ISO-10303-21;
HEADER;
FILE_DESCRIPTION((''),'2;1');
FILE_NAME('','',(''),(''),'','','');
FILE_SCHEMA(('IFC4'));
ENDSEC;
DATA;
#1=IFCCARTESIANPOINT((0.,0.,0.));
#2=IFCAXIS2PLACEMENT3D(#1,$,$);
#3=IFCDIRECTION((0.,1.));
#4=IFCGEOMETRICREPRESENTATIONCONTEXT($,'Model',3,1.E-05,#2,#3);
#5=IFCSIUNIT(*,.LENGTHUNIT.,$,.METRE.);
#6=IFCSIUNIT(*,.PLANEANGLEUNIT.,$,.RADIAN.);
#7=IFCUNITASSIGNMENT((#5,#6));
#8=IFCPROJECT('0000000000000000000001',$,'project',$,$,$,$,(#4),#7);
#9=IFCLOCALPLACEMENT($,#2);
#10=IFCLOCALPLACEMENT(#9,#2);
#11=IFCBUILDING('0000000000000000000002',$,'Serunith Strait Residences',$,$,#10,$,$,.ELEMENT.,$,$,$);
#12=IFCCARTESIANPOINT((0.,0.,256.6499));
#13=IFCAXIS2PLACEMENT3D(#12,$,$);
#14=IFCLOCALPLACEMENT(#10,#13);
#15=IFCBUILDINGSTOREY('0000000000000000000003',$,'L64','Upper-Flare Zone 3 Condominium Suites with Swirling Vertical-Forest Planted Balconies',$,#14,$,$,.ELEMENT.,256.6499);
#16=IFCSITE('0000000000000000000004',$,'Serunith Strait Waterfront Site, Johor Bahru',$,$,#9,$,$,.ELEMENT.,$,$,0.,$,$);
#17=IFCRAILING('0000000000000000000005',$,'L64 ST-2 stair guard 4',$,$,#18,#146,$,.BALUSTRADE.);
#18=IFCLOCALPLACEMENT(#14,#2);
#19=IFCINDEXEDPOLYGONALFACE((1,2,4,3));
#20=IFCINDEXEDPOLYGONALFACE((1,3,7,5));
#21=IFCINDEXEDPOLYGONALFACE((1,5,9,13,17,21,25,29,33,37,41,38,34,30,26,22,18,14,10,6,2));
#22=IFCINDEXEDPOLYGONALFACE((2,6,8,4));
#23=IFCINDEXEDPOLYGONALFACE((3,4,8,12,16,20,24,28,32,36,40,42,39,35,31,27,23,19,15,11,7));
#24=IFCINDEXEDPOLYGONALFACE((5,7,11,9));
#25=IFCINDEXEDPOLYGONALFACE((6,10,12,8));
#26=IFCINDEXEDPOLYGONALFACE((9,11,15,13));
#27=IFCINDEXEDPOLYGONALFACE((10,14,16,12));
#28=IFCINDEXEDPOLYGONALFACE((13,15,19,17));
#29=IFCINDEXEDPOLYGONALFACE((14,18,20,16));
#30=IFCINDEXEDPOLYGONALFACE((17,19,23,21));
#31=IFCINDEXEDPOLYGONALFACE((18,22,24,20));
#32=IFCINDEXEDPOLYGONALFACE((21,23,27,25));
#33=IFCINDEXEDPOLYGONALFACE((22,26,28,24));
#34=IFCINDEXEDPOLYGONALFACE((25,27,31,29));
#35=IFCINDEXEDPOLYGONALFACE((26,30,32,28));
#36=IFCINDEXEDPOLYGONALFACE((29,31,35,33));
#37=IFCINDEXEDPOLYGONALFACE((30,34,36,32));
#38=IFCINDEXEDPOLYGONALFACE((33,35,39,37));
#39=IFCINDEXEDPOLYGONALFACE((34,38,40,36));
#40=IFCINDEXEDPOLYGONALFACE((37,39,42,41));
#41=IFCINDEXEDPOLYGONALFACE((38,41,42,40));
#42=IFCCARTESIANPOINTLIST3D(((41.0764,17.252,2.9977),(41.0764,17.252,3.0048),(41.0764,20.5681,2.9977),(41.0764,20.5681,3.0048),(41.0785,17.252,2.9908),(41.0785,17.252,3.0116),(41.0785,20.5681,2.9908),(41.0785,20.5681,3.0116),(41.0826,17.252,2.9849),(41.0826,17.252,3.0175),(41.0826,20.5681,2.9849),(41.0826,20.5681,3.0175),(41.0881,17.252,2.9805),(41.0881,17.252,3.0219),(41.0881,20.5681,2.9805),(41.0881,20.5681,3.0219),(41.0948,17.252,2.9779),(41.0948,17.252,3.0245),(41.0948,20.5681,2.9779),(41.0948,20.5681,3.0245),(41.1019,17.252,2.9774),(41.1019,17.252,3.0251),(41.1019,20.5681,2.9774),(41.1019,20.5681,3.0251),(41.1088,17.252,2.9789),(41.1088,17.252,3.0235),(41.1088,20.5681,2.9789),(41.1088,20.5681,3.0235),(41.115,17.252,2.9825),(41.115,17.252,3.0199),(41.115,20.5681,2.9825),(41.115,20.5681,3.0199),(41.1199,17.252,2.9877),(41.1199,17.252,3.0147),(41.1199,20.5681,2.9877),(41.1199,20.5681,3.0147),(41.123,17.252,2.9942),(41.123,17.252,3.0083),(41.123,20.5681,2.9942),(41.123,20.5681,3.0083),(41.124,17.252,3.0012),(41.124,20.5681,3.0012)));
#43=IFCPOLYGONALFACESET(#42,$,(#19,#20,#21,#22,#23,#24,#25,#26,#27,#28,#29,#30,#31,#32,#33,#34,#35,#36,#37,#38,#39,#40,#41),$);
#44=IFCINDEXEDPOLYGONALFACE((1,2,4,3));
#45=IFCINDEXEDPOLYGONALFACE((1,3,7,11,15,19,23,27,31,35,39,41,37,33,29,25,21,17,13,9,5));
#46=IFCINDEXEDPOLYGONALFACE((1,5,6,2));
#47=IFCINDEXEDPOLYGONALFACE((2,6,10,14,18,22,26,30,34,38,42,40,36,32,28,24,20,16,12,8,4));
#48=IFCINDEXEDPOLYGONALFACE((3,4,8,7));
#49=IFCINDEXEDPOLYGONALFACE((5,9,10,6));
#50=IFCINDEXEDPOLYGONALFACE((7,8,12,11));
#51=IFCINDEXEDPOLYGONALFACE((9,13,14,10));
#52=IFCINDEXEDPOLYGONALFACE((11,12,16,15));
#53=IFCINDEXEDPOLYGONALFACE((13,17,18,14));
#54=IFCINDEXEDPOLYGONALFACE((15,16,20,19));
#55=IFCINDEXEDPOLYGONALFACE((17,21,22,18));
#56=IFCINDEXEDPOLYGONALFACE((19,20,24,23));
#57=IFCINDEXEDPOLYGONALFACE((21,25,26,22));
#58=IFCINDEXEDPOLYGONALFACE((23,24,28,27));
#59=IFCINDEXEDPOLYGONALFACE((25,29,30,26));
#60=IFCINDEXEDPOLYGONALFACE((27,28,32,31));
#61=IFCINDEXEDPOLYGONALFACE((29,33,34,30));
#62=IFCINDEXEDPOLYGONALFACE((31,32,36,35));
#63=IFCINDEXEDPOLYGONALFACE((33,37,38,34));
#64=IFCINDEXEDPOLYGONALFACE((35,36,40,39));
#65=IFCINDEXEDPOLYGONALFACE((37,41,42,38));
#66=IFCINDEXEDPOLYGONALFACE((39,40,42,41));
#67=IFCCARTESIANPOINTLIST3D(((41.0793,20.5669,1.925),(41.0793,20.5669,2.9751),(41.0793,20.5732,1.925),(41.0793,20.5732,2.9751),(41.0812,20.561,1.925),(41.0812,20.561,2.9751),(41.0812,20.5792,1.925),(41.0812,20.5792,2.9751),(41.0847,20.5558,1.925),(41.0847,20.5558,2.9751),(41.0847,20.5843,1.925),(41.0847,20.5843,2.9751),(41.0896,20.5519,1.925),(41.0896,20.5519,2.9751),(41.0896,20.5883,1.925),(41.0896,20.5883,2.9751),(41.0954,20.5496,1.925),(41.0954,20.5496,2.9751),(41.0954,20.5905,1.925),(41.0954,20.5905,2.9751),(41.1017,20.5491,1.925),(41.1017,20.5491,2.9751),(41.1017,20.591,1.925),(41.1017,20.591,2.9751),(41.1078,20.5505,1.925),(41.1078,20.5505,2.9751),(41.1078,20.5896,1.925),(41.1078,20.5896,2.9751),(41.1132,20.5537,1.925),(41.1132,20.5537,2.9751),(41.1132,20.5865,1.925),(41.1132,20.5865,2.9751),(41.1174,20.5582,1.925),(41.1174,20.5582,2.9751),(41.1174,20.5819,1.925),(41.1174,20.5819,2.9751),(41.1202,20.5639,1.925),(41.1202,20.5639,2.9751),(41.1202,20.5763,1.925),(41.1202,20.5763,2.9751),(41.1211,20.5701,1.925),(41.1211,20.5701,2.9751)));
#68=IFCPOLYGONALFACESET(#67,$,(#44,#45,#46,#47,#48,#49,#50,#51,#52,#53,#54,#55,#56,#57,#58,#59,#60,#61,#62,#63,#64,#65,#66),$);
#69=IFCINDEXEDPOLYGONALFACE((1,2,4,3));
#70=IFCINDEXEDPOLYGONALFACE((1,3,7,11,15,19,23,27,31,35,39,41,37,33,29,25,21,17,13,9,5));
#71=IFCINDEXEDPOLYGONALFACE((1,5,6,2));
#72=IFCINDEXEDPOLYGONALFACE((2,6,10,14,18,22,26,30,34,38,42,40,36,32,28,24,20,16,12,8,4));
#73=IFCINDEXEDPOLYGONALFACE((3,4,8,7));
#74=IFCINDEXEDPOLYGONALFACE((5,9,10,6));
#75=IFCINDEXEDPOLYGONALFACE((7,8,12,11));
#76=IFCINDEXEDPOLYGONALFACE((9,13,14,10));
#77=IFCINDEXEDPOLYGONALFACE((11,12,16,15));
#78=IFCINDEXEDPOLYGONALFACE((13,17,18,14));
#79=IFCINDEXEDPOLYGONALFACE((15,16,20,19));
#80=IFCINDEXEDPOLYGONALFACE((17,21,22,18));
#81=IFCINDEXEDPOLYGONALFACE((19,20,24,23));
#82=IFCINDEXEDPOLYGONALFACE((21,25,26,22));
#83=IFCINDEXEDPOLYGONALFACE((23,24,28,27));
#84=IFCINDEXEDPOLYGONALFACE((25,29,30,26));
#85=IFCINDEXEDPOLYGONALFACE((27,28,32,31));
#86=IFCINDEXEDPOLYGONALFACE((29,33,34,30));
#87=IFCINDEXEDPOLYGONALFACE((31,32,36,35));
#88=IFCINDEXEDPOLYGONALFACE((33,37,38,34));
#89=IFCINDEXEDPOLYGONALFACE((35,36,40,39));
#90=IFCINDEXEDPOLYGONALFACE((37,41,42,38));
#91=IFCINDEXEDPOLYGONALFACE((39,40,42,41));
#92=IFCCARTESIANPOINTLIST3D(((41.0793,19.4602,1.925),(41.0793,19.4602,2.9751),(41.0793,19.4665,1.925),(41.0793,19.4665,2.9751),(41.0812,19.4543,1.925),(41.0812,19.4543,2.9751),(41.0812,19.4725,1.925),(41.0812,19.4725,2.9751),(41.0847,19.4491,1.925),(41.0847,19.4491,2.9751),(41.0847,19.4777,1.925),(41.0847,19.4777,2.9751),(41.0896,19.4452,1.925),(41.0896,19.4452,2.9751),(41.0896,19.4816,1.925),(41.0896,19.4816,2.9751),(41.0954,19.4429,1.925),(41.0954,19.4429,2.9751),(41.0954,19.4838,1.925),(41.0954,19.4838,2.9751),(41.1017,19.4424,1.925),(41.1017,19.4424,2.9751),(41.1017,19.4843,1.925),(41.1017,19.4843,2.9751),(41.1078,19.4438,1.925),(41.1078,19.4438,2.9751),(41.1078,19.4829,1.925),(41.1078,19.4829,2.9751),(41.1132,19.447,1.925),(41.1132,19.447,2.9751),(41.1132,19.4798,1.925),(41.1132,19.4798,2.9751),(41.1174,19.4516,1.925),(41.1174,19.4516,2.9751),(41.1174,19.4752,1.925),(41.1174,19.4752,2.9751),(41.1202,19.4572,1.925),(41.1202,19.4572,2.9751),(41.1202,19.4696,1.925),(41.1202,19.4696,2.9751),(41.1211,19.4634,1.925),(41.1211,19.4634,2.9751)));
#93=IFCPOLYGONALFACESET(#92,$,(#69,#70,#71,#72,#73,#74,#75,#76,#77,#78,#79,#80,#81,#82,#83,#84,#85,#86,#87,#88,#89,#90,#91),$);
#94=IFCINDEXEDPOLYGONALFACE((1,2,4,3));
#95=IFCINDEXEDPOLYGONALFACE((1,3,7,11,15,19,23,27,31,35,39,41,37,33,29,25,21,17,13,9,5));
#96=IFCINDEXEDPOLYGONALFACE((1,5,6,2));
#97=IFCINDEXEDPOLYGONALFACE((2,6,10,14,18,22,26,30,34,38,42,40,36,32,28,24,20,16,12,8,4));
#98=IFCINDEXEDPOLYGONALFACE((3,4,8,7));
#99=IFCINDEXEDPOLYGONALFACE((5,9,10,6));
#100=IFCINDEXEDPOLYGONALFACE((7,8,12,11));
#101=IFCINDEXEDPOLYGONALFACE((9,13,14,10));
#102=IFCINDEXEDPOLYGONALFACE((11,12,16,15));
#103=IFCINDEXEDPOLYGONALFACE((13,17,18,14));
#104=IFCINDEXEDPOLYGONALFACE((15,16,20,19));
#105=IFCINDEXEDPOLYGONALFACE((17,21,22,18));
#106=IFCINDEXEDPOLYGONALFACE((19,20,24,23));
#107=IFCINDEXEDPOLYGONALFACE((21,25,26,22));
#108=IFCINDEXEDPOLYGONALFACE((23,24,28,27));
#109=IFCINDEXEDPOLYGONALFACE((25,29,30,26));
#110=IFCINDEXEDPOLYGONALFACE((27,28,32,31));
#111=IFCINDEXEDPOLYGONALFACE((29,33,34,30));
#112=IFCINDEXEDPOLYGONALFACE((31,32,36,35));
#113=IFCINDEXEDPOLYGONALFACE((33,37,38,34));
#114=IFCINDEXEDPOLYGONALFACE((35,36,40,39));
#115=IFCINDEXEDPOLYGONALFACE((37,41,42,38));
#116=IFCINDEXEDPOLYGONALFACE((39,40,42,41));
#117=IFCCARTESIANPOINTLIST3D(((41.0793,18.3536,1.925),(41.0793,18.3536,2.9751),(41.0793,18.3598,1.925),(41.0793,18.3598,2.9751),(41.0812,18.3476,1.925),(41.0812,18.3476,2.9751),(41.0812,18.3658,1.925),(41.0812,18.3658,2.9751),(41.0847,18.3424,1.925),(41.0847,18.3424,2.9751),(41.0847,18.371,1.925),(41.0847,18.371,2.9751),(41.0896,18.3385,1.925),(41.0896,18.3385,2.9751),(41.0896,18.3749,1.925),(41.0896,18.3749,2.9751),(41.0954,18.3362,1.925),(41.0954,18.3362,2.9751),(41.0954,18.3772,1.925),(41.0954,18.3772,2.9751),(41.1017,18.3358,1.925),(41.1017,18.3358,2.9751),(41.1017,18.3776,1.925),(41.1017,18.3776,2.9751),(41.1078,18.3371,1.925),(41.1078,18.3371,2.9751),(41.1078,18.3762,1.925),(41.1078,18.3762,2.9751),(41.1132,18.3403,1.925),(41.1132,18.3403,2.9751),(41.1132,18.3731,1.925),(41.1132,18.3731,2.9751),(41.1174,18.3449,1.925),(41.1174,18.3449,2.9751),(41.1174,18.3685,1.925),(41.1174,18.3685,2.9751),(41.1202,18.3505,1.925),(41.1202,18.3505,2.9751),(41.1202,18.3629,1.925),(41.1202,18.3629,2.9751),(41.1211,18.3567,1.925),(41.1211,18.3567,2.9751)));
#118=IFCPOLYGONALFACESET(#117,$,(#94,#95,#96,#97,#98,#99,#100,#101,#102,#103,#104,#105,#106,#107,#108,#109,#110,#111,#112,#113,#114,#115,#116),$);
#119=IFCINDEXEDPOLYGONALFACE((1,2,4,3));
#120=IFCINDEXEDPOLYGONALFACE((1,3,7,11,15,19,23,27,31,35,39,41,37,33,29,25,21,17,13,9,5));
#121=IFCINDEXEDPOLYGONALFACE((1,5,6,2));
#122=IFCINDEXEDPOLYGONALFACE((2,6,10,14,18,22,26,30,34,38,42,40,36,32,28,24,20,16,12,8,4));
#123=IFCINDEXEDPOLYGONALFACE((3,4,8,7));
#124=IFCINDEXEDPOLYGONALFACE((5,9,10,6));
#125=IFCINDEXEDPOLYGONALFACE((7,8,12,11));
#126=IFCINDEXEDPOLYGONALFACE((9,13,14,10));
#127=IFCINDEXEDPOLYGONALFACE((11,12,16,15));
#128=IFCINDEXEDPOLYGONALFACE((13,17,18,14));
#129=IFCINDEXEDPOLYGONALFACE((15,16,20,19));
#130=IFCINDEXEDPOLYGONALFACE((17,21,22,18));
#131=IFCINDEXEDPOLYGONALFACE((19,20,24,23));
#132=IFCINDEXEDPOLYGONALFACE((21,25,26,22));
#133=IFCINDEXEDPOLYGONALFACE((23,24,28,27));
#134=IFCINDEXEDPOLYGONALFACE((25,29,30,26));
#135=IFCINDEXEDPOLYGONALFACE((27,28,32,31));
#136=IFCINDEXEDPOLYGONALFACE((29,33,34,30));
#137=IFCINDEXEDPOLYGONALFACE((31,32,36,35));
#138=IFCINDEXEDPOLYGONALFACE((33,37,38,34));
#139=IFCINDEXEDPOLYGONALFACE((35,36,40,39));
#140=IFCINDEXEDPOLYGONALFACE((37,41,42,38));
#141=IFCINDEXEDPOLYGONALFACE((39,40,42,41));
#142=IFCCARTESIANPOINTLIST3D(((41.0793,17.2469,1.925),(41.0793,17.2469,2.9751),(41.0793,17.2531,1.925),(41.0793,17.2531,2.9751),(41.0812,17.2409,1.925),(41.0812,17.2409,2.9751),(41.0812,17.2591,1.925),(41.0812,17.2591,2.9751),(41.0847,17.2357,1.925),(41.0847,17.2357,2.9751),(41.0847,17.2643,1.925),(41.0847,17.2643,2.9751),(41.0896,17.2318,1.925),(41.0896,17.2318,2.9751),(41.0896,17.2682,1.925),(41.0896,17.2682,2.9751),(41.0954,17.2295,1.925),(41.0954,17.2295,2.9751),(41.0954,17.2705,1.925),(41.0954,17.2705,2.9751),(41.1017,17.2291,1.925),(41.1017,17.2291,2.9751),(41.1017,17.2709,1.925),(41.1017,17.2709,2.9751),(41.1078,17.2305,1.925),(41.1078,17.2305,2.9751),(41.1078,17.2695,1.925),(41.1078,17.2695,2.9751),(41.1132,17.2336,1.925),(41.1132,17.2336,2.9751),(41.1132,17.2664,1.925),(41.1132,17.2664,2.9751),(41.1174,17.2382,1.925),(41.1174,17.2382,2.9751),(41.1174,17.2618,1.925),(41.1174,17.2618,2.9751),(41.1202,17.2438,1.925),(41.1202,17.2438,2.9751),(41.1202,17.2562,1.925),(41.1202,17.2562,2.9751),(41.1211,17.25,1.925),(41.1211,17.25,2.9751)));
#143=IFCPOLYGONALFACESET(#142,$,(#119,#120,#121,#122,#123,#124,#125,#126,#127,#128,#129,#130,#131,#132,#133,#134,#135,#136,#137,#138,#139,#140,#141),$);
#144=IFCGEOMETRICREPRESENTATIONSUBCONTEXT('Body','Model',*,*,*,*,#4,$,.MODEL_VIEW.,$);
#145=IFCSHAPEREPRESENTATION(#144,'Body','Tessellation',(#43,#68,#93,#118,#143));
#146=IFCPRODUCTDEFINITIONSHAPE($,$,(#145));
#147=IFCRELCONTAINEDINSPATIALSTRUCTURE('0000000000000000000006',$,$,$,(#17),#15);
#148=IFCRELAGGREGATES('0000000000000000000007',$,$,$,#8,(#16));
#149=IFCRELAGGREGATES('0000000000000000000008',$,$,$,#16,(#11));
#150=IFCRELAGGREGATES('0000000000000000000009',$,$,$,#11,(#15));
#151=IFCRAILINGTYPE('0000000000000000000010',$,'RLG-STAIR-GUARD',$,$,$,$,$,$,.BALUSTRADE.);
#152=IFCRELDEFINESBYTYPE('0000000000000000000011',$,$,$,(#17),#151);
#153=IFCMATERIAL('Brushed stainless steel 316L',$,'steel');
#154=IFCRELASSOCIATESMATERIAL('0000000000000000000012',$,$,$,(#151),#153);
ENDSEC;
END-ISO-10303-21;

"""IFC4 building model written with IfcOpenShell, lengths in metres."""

from ifc_helpers import new_model, si_unit, direction, frame, origin, origin_2d, place, context, subcontext, project, spatial, circle, extrude, material, type_object, element, save


model = new_model("IFC4")

# Units and contexts
model_context = context("Model", 3, precision=1e-05, world=origin(), true_north=direction((0.0, 1.0)))
body_context = subcontext(model_context, "Body", "Model", "MODEL_VIEW")
ifc_project = project(units=[si_unit("LENGTHUNIT", "METRE"), si_unit("PLANEANGLEUNIT", "RADIAN")], contexts=[model_context])

# Site, building, storey
site_placement = place(None, origin())
site = spatial("IfcSite", under=ifc_project, at=site_placement, Name="Serunith Strait Waterfront Site, Johor Bahru", CompositionType="ELEMENT", RefElevation=0.0)
building_placement = place(site_placement, origin())
building = spatial("IfcBuilding", under=site, at=building_placement, Name="Serunith Strait Residences", CompositionType="ELEMENT")
storey_placement = place(building_placement, frame((0.0, 0.0, 256.6499)))
storey = spatial("IfcBuildingStorey", under=building, at=storey_placement, Name="L64", Description="Upper-Flare Zone 3 Condominium Suites with Swirling Vertical-Forest Planted Balconies", CompositionType="ELEMENT", Elevation=256.6499)

# Railing
ifc_material_1 = material(Name="Brushed stainless steel 316L", Category="steel")
railing_type_1 = type_object("IfcRailingType", Name="RLG-STAIR-GUARD", PredefinedType="BALUSTRADE", material=ifc_material_1)
for number, where, name in (
    (1, (41.1001, 20.5701, 1.925), "L64 ST-2 stair guard 4"),
):
    element("IfcRailing", number, at=place(storey_placement, frame(where)), inside=storey, type_object=railing_type_1, Name=name, PredefinedType="BALUSTRADE", context=body_context, shape_type="SweptSolid", body=[
        extrude(circle(Radius=0.0239, at=origin_2d()), frame((0.0, -0.002, 1.0762), z_axis=(0.0, -1.0, 0.0), x_axis=(1.0, 0.0, 0.0)), (0.0, 0.0, 1.0), 3.3162),
        extrude(circle(Radius=0.021, at=origin_2d()), origin(), (0.0, 0.0, 1.0), 1.05),
        extrude(circle(Radius=0.021, at=origin_2d()), frame((0.0, -1.1067, 0.0)), (0.0, 0.0, 1.0), 1.05),
        extrude(circle(Radius=0.021, at=origin_2d()), frame((0.0, -2.2134, 0.0)), (0.0, 0.0, 1.0), 1.05),
        extrude(circle(Radius=0.021, at=origin_2d()), frame((0.0, -3.3201, 0.0)), (0.0, 0.0, 1.0), 1.05),
    ])

save(model, "model.ifc")
